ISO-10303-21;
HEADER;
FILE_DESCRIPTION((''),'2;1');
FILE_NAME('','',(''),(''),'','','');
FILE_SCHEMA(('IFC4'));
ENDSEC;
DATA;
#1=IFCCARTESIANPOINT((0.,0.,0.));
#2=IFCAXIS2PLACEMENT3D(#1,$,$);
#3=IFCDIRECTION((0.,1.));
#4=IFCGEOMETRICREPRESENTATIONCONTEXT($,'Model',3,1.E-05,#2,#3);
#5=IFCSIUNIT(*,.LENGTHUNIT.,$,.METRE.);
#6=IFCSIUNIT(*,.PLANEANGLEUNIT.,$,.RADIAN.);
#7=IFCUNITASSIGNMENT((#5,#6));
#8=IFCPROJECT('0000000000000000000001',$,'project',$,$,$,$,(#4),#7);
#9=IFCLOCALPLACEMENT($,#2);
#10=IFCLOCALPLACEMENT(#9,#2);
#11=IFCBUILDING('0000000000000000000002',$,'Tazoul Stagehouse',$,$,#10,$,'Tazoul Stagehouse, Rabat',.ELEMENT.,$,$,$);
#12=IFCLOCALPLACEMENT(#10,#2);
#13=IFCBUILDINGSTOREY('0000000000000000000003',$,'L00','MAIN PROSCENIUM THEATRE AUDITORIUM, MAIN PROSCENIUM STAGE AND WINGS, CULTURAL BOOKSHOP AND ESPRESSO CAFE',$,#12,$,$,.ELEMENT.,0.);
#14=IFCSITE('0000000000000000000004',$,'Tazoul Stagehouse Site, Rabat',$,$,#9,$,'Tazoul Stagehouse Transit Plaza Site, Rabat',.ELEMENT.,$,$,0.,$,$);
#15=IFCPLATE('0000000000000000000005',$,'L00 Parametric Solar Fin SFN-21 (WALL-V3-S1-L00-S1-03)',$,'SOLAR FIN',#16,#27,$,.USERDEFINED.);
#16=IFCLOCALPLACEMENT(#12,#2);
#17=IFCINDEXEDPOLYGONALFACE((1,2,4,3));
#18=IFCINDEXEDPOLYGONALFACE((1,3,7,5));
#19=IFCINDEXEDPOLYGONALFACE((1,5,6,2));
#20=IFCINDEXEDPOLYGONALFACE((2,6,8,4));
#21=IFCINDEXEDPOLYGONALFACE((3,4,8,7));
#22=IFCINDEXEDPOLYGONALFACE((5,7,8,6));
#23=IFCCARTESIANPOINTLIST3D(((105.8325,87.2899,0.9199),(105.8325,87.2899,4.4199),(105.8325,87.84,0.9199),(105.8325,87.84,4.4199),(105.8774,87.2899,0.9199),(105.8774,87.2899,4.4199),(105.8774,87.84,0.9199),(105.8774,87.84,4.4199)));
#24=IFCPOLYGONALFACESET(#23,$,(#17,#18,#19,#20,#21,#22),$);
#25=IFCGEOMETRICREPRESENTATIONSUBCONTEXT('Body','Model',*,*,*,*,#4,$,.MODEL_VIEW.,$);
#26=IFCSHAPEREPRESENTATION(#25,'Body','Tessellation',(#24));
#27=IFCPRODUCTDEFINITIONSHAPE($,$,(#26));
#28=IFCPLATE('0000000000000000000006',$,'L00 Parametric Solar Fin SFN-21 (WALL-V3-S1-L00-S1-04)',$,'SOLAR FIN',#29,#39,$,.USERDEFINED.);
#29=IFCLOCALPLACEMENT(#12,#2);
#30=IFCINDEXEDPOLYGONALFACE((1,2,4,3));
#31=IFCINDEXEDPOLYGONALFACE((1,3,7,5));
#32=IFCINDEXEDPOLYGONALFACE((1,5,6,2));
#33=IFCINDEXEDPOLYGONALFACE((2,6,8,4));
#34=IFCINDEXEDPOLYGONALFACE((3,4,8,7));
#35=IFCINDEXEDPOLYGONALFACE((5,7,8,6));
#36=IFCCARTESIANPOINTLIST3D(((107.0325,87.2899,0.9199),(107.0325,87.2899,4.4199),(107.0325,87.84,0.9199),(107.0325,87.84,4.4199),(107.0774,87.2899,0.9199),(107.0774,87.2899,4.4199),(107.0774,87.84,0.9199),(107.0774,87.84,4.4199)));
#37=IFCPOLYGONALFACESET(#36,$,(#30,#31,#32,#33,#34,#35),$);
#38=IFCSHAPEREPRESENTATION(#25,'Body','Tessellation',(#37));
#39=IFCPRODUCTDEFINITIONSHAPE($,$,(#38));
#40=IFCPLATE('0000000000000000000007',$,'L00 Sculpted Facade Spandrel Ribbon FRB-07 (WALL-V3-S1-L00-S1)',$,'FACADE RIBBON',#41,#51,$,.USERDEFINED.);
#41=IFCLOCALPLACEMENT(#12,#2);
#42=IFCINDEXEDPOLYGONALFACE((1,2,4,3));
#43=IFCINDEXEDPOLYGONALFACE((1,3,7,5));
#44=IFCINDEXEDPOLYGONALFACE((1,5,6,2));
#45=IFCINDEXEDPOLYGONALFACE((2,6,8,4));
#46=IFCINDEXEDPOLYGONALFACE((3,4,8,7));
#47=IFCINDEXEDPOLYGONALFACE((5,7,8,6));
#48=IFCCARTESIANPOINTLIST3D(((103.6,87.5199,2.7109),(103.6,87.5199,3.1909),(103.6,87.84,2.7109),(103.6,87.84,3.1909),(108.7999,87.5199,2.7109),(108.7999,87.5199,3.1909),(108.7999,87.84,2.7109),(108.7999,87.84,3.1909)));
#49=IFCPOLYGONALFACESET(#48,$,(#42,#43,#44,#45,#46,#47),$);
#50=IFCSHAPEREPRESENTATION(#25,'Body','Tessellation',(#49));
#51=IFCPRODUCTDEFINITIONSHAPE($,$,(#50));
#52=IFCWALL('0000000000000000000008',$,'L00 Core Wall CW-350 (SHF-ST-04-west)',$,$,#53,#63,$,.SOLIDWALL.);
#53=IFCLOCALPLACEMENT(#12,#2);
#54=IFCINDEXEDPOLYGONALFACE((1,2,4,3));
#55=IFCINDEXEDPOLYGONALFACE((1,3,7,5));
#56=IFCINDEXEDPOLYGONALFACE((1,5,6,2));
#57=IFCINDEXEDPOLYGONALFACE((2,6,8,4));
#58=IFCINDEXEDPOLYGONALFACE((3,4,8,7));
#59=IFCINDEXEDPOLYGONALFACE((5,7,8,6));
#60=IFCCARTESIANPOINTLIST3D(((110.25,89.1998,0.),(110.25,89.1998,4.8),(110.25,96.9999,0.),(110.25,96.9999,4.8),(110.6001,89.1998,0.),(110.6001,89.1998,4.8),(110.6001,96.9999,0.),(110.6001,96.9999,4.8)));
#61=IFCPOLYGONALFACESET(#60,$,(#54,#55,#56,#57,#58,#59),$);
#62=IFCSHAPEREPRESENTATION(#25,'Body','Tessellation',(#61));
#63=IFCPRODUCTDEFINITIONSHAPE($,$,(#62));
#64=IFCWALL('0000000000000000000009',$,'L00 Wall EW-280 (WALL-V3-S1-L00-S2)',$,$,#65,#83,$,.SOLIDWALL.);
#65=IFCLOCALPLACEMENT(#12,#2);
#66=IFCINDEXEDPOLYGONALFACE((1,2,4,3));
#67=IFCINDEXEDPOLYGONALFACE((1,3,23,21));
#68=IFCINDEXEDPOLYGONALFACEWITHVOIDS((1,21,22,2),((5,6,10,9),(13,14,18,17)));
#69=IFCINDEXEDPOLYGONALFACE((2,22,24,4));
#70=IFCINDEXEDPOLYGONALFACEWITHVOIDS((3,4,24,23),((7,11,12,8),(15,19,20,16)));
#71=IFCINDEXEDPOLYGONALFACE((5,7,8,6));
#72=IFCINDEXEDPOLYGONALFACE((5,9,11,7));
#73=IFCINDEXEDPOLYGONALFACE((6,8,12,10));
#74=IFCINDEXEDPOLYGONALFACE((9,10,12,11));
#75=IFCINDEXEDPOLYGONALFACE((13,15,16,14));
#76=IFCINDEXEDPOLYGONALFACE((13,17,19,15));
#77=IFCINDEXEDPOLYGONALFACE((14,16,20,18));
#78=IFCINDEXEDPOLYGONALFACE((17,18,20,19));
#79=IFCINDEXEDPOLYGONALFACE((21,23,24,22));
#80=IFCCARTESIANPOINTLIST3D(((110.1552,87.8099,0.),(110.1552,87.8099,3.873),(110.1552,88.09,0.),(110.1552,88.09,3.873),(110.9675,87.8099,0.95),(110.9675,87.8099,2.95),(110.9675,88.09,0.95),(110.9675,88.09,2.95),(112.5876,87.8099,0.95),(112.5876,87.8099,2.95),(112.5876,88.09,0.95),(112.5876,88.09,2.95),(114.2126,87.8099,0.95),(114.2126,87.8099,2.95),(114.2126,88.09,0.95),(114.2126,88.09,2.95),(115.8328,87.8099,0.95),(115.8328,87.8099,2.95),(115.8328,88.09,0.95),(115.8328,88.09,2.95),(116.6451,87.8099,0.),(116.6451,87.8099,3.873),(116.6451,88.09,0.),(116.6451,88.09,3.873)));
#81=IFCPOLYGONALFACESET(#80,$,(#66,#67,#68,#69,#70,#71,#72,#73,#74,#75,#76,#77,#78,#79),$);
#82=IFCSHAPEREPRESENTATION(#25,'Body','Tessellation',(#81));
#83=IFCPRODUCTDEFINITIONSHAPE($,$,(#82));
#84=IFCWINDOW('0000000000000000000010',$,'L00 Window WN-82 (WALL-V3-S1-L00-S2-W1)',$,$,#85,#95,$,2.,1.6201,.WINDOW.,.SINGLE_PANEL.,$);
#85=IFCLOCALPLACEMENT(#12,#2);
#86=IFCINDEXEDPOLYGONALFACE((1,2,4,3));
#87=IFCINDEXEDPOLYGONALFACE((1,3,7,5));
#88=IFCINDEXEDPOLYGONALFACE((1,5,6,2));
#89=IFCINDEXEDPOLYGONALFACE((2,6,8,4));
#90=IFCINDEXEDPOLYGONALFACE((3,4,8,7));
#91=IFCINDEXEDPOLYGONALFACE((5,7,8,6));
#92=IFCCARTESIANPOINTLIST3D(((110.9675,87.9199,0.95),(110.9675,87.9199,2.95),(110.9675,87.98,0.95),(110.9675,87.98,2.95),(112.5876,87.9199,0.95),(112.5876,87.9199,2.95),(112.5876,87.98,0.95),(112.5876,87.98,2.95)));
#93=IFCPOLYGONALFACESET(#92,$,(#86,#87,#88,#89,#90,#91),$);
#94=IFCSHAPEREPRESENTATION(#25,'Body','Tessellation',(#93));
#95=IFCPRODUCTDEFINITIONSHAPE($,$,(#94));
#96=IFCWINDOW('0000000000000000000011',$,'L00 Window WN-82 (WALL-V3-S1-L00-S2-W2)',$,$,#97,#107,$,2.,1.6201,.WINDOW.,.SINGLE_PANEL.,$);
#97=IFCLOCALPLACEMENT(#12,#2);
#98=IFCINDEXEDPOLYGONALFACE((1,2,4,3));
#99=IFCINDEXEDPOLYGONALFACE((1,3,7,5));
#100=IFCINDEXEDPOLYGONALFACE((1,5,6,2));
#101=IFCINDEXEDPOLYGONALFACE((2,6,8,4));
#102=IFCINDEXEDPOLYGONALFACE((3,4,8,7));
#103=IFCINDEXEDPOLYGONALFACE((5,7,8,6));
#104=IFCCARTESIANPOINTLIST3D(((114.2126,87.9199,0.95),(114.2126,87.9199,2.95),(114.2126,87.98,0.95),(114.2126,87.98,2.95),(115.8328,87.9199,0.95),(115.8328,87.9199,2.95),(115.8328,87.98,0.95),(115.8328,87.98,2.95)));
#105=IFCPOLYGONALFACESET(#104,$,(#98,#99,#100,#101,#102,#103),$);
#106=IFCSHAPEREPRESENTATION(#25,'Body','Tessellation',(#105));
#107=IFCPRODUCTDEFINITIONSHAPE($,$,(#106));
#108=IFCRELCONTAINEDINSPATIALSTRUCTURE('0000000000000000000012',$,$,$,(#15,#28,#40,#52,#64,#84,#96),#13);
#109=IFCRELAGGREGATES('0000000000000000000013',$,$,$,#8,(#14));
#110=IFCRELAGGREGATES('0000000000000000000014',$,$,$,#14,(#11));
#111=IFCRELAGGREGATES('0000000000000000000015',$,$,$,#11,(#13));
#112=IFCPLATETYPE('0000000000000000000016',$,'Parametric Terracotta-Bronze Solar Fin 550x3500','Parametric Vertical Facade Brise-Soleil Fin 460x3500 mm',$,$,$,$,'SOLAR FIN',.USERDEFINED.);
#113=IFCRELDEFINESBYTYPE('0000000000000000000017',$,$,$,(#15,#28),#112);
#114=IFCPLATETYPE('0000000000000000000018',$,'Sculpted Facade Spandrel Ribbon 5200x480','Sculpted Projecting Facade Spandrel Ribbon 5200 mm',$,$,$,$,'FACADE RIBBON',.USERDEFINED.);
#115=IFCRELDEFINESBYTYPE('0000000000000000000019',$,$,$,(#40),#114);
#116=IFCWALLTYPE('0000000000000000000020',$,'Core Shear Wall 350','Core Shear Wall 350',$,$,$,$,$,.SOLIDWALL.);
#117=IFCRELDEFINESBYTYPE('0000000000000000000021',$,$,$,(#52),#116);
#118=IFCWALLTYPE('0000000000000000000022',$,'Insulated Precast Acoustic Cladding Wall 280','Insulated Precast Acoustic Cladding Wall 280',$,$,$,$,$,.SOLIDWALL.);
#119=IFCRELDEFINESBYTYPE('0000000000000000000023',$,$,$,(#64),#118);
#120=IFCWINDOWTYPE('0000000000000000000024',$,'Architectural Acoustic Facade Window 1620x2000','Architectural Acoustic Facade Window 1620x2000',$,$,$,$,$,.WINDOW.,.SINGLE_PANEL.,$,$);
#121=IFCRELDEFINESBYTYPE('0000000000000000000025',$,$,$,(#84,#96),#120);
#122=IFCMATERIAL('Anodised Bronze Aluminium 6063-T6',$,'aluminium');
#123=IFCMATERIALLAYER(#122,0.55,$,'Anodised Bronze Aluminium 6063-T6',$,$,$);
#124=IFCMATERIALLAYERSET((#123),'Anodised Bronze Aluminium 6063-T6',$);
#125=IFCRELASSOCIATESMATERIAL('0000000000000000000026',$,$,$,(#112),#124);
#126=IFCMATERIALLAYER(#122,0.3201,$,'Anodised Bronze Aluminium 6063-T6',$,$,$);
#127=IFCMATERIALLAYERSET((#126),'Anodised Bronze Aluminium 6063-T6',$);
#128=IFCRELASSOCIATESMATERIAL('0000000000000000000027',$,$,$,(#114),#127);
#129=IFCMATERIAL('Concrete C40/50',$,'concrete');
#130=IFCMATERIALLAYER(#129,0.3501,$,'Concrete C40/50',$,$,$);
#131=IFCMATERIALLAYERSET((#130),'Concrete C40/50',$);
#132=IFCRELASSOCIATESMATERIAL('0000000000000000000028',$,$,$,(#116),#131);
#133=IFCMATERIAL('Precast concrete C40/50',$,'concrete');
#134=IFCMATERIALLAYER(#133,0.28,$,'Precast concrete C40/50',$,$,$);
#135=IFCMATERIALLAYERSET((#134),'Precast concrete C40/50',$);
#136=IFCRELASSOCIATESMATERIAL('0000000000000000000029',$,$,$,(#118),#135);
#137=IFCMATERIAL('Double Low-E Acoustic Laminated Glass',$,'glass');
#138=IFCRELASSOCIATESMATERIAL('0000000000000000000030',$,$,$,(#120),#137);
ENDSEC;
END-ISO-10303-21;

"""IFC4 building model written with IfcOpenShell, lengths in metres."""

from ifc_helpers import new_model, si_unit, direction, frame, frame_2d, origin, origin_2d, place, context, subcontext, project, spatial, rectangle, extrude, material, layer, layer_set, type_object, element, fill, save


model = new_model("IFC4")

# Units and contexts
model_context = context("Model", 3, precision=1e-05, world=origin(), true_north=direction((0.0, 1.0)))
body_context = subcontext(model_context, "Body", "Model", "MODEL_VIEW")
ifc_project = project(units=[si_unit("LENGTHUNIT", "METRE"), si_unit("PLANEANGLEUNIT", "RADIAN")], contexts=[model_context])

# Site, building, storey
site_placement = place(None, origin())
site = spatial("IfcSite", under=ifc_project, at=site_placement, Name="Tazoul Stagehouse Site, Rabat", LongName="Tazoul Stagehouse Transit Plaza Site, Rabat", CompositionType="ELEMENT", RefElevation=0.0)
building_placement = place(site_placement, origin())
building = spatial("IfcBuilding", under=site, at=building_placement, Name="Tazoul Stagehouse", LongName="Tazoul Stagehouse, Rabat", CompositionType="ELEMENT")
storey_placement = place(building_placement, origin())
storey = spatial("IfcBuildingStorey", under=building, at=storey_placement, Name="L00", Description="MAIN PROSCENIUM THEATRE AUDITORIUM, MAIN PROSCENIUM STAGE AND WINGS, CULTURAL BOOKSHOP AND ESPRESSO CAFE", CompositionType="ELEMENT", Elevation=0.0)

# Shared definitions
ifc_material_1 = material(Name="Concrete C40/50", Category="concrete")

# Plates
ifc_material_2 = material(Name="Anodised Bronze Aluminium 6063-T6", Category="aluminium")
ifc_layer_1 = layer(ifc_material_2, 0.55, Name="Anodised Bronze Aluminium 6063-T6")
ifc_layer_set_1 = layer_set([ifc_layer_1], Name="Anodised Bronze Aluminium 6063-T6")
plate_type_1 = type_object("IfcPlateType", Name="Parametric Terracotta-Bronze Solar Fin 550x3500", Description="Parametric Vertical Facade Brise-Soleil Fin 460x3500 mm", ElementType="SOLAR FIN", PredefinedType="USERDEFINED", material=ifc_layer_set_1)
for number, where, z_axis, x_axis, name in (
    (1, (105.855, 87.5649, 0.9199), (0.0, 0.0, 1.0), (1.0, 0.0, 0.0), "L00 Parametric Solar Fin SFN-21 (WALL-V3-S1-L00-S1-03)"),
    (2, (107.0549, 87.5649, 0.9199), (0.0, 0.0, 1.0), (1.0, 0.0, 0.0), "L00 Parametric Solar Fin SFN-21 (WALL-V3-S1-L00-S1-04)"),
):
    element("IfcPlate", number, at=place(storey_placement, frame(where, z_axis=z_axis, x_axis=x_axis)), inside=storey, type_object=plate_type_1, Name=name, ObjectType="SOLAR FIN", PredefinedType="USERDEFINED", context=body_context, shape_type="SweptSolid", body=[
        extrude(rectangle(XDim=0.0449, YDim=0.55, at=origin_2d()), origin(), (0.0, 0.0, 1.0), 3.5),
    ])
ifc_layer_2 = layer(ifc_material_2, 0.3201, Name="Anodised Bronze Aluminium 6063-T6")
ifc_layer_set_2 = layer_set([ifc_layer_2], Name="Anodised Bronze Aluminium 6063-T6")
plate_type_2 = type_object("IfcPlateType", Name="Sculpted Facade Spandrel Ribbon 5200x480", Description="Sculpted Projecting Facade Spandrel Ribbon 5200 mm", ElementType="FACADE RIBBON", PredefinedType="USERDEFINED", material=ifc_layer_set_2)
plate_placement = place(storey_placement, frame((106.2, 87.6799, 2.7109), z_axis=(0.0, 0.0, 1.0), x_axis=(1.0, 0.0, 0.0)))
element("IfcPlate", 3, at=plate_placement, inside=storey, type_object=plate_type_2, Name="L00 Sculpted Facade Spandrel Ribbon FRB-07 (WALL-V3-S1-L00-S1)", ObjectType="FACADE RIBBON", PredefinedType="USERDEFINED", context=body_context, shape_type="SweptSolid", body=[
    extrude(rectangle(XDim=5.2, YDim=0.3201, at=origin_2d()), origin(), (0.0, 0.0, 1.0), 0.48),
])

# Wall
ifc_layer_3 = layer(ifc_material_1, 0.3501, Name="Concrete C40/50")
ifc_layer_set_3 = layer_set([ifc_layer_3], Name="Concrete C40/50")
wall_type_1 = type_object("IfcWallType", Name="Core Shear Wall 350", Description="Core Shear Wall 350", PredefinedType="SOLIDWALL", material=ifc_layer_set_3)
wall_1_placement = place(storey_placement, frame((110.425, 89.2, 0.0), z_axis=(0.0, 0.0, 1.0), x_axis=(0.0, 1.0, 0.0)))
element("IfcWall", 4, at=wall_1_placement, inside=storey, type_object=wall_type_1, Name="L00 Core Wall CW-350 (SHF-ST-04-west)", PredefinedType="SOLIDWALL", context=body_context, shape_type="SweptSolid", body=[
    extrude(rectangle(XDim=7.8, YDim=0.3501, at=frame_2d((3.8999, 0.0))), origin(), (0.0, 0.0, 1.0), 4.8),
])

# Wall, openings, windows
ifc_material_3 = material(Name="Precast concrete C40/50", Category="concrete")
ifc_layer_4 = layer(ifc_material_3, 0.28, Name="Precast concrete C40/50")
ifc_layer_set_4 = layer_set([ifc_layer_4], Name="Precast concrete C40/50")
wall_type_2 = type_object("IfcWallType", Name="Insulated Precast Acoustic Cladding Wall 280", Description="Insulated Precast Acoustic Cladding Wall 280", PredefinedType="SOLIDWALL", material=ifc_layer_set_4)
wall_2_placement = place(storey_placement, frame((110.155, 87.95, 0.0), z_axis=(0.0, 0.0, 1.0), x_axis=(1.0, 0.0, 0.0)))
wall_2 = element("IfcWall", 5, at=wall_2_placement, inside=storey, type_object=wall_type_2, Name="L00 Wall EW-280 (WALL-V3-S1-L00-S2)", PredefinedType="SOLIDWALL", context=body_context, shape_type="SweptSolid", body=[
    extrude(rectangle(XDim=6.49, YDim=0.28, at=frame_2d((3.2451, 0.0))), origin(), (0.0, 0.0, 1.0), 3.873),
])
opening_1_placement = place(wall_2_placement, frame((0.8125, 0.0, 0.95)))
opening_1 = element("IfcOpeningElement", 6, at=opening_1_placement, cuts=wall_2, PredefinedType="OPENING", context=body_context, shape_type="SweptSolid", body=[
    extrude(rectangle(XDim=1.6201, YDim=2.0, at=frame_2d((0.8101, 1.0))), frame((0.0, 0.1599, 0.0), z_axis=(0.0, -1.0, 0.0), x_axis=(1.0, 0.0, 0.0)), (0.0, 0.0, 1.0), 0.3201),
])
opening_2_placement = place(wall_2_placement, frame((4.0576, 0.0, 0.95)))
opening_2 = element("IfcOpeningElement", 7, at=opening_2_placement, cuts=wall_2, PredefinedType="OPENING", context=body_context, shape_type="SweptSolid", body=[
    extrude(rectangle(XDim=1.6201, YDim=2.0, at=frame_2d((0.8101, 1.0))), frame((0.0, 0.1599, 0.0), z_axis=(0.0, -1.0, 0.0), x_axis=(1.0, 0.0, 0.0)), (0.0, 0.0, 1.0), 0.3201),
])
ifc_material_4 = material(Name="Double Low-E Acoustic Laminated Glass", Category="glass")
window_type = type_object("IfcWindowType", Name="Architectural Acoustic Facade Window 1620x2000", Description="Architectural Acoustic Facade Window 1620x2000", PartitioningType="SINGLE_PANEL", PredefinedType="WINDOW", material=ifc_material_4)
window_1_placement = place(opening_1_placement, origin())
window_1 = element("IfcWindow", 8, at=window_1_placement, inside=storey, type_object=window_type, Name="L00 Window WN-82 (WALL-V3-S1-L00-S2-W1)", OverallHeight=2.0, OverallWidth=1.6201, PartitioningType="SINGLE_PANEL", PredefinedType="WINDOW", context=body_context, shape_type="SweptSolid", body=[
    extrude(rectangle(XDim=1.6201, YDim=2.0, at=frame_2d((0.8101, 1.0))), frame((0.0, 0.03, 0.0), z_axis=(0.0, -1.0, 0.0), x_axis=(1.0, 0.0, 0.0)), (0.0, 0.0, 1.0), 0.0601),
])
fill(opening_1, window_1)
window_2_placement = place(opening_2_placement, origin())
window_2 = element("IfcWindow", 9, at=window_2_placement, inside=storey, type_object=window_type, Name="L00 Window WN-82 (WALL-V3-S1-L00-S2-W2)", OverallHeight=2.0, OverallWidth=1.6201, PartitioningType="SINGLE_PANEL", PredefinedType="WINDOW", context=body_context, shape_type="SweptSolid", body=[
    extrude(rectangle(XDim=1.6201, YDim=2.0, at=frame_2d((0.8101, 1.0))), frame((0.0, 0.03, 0.0), z_axis=(0.0, -1.0, 0.0), x_axis=(1.0, 0.0, 0.0)), (0.0, 0.0, 1.0), 0.0601),
])
fill(opening_2, window_2)

save(model, "model.ifc")
